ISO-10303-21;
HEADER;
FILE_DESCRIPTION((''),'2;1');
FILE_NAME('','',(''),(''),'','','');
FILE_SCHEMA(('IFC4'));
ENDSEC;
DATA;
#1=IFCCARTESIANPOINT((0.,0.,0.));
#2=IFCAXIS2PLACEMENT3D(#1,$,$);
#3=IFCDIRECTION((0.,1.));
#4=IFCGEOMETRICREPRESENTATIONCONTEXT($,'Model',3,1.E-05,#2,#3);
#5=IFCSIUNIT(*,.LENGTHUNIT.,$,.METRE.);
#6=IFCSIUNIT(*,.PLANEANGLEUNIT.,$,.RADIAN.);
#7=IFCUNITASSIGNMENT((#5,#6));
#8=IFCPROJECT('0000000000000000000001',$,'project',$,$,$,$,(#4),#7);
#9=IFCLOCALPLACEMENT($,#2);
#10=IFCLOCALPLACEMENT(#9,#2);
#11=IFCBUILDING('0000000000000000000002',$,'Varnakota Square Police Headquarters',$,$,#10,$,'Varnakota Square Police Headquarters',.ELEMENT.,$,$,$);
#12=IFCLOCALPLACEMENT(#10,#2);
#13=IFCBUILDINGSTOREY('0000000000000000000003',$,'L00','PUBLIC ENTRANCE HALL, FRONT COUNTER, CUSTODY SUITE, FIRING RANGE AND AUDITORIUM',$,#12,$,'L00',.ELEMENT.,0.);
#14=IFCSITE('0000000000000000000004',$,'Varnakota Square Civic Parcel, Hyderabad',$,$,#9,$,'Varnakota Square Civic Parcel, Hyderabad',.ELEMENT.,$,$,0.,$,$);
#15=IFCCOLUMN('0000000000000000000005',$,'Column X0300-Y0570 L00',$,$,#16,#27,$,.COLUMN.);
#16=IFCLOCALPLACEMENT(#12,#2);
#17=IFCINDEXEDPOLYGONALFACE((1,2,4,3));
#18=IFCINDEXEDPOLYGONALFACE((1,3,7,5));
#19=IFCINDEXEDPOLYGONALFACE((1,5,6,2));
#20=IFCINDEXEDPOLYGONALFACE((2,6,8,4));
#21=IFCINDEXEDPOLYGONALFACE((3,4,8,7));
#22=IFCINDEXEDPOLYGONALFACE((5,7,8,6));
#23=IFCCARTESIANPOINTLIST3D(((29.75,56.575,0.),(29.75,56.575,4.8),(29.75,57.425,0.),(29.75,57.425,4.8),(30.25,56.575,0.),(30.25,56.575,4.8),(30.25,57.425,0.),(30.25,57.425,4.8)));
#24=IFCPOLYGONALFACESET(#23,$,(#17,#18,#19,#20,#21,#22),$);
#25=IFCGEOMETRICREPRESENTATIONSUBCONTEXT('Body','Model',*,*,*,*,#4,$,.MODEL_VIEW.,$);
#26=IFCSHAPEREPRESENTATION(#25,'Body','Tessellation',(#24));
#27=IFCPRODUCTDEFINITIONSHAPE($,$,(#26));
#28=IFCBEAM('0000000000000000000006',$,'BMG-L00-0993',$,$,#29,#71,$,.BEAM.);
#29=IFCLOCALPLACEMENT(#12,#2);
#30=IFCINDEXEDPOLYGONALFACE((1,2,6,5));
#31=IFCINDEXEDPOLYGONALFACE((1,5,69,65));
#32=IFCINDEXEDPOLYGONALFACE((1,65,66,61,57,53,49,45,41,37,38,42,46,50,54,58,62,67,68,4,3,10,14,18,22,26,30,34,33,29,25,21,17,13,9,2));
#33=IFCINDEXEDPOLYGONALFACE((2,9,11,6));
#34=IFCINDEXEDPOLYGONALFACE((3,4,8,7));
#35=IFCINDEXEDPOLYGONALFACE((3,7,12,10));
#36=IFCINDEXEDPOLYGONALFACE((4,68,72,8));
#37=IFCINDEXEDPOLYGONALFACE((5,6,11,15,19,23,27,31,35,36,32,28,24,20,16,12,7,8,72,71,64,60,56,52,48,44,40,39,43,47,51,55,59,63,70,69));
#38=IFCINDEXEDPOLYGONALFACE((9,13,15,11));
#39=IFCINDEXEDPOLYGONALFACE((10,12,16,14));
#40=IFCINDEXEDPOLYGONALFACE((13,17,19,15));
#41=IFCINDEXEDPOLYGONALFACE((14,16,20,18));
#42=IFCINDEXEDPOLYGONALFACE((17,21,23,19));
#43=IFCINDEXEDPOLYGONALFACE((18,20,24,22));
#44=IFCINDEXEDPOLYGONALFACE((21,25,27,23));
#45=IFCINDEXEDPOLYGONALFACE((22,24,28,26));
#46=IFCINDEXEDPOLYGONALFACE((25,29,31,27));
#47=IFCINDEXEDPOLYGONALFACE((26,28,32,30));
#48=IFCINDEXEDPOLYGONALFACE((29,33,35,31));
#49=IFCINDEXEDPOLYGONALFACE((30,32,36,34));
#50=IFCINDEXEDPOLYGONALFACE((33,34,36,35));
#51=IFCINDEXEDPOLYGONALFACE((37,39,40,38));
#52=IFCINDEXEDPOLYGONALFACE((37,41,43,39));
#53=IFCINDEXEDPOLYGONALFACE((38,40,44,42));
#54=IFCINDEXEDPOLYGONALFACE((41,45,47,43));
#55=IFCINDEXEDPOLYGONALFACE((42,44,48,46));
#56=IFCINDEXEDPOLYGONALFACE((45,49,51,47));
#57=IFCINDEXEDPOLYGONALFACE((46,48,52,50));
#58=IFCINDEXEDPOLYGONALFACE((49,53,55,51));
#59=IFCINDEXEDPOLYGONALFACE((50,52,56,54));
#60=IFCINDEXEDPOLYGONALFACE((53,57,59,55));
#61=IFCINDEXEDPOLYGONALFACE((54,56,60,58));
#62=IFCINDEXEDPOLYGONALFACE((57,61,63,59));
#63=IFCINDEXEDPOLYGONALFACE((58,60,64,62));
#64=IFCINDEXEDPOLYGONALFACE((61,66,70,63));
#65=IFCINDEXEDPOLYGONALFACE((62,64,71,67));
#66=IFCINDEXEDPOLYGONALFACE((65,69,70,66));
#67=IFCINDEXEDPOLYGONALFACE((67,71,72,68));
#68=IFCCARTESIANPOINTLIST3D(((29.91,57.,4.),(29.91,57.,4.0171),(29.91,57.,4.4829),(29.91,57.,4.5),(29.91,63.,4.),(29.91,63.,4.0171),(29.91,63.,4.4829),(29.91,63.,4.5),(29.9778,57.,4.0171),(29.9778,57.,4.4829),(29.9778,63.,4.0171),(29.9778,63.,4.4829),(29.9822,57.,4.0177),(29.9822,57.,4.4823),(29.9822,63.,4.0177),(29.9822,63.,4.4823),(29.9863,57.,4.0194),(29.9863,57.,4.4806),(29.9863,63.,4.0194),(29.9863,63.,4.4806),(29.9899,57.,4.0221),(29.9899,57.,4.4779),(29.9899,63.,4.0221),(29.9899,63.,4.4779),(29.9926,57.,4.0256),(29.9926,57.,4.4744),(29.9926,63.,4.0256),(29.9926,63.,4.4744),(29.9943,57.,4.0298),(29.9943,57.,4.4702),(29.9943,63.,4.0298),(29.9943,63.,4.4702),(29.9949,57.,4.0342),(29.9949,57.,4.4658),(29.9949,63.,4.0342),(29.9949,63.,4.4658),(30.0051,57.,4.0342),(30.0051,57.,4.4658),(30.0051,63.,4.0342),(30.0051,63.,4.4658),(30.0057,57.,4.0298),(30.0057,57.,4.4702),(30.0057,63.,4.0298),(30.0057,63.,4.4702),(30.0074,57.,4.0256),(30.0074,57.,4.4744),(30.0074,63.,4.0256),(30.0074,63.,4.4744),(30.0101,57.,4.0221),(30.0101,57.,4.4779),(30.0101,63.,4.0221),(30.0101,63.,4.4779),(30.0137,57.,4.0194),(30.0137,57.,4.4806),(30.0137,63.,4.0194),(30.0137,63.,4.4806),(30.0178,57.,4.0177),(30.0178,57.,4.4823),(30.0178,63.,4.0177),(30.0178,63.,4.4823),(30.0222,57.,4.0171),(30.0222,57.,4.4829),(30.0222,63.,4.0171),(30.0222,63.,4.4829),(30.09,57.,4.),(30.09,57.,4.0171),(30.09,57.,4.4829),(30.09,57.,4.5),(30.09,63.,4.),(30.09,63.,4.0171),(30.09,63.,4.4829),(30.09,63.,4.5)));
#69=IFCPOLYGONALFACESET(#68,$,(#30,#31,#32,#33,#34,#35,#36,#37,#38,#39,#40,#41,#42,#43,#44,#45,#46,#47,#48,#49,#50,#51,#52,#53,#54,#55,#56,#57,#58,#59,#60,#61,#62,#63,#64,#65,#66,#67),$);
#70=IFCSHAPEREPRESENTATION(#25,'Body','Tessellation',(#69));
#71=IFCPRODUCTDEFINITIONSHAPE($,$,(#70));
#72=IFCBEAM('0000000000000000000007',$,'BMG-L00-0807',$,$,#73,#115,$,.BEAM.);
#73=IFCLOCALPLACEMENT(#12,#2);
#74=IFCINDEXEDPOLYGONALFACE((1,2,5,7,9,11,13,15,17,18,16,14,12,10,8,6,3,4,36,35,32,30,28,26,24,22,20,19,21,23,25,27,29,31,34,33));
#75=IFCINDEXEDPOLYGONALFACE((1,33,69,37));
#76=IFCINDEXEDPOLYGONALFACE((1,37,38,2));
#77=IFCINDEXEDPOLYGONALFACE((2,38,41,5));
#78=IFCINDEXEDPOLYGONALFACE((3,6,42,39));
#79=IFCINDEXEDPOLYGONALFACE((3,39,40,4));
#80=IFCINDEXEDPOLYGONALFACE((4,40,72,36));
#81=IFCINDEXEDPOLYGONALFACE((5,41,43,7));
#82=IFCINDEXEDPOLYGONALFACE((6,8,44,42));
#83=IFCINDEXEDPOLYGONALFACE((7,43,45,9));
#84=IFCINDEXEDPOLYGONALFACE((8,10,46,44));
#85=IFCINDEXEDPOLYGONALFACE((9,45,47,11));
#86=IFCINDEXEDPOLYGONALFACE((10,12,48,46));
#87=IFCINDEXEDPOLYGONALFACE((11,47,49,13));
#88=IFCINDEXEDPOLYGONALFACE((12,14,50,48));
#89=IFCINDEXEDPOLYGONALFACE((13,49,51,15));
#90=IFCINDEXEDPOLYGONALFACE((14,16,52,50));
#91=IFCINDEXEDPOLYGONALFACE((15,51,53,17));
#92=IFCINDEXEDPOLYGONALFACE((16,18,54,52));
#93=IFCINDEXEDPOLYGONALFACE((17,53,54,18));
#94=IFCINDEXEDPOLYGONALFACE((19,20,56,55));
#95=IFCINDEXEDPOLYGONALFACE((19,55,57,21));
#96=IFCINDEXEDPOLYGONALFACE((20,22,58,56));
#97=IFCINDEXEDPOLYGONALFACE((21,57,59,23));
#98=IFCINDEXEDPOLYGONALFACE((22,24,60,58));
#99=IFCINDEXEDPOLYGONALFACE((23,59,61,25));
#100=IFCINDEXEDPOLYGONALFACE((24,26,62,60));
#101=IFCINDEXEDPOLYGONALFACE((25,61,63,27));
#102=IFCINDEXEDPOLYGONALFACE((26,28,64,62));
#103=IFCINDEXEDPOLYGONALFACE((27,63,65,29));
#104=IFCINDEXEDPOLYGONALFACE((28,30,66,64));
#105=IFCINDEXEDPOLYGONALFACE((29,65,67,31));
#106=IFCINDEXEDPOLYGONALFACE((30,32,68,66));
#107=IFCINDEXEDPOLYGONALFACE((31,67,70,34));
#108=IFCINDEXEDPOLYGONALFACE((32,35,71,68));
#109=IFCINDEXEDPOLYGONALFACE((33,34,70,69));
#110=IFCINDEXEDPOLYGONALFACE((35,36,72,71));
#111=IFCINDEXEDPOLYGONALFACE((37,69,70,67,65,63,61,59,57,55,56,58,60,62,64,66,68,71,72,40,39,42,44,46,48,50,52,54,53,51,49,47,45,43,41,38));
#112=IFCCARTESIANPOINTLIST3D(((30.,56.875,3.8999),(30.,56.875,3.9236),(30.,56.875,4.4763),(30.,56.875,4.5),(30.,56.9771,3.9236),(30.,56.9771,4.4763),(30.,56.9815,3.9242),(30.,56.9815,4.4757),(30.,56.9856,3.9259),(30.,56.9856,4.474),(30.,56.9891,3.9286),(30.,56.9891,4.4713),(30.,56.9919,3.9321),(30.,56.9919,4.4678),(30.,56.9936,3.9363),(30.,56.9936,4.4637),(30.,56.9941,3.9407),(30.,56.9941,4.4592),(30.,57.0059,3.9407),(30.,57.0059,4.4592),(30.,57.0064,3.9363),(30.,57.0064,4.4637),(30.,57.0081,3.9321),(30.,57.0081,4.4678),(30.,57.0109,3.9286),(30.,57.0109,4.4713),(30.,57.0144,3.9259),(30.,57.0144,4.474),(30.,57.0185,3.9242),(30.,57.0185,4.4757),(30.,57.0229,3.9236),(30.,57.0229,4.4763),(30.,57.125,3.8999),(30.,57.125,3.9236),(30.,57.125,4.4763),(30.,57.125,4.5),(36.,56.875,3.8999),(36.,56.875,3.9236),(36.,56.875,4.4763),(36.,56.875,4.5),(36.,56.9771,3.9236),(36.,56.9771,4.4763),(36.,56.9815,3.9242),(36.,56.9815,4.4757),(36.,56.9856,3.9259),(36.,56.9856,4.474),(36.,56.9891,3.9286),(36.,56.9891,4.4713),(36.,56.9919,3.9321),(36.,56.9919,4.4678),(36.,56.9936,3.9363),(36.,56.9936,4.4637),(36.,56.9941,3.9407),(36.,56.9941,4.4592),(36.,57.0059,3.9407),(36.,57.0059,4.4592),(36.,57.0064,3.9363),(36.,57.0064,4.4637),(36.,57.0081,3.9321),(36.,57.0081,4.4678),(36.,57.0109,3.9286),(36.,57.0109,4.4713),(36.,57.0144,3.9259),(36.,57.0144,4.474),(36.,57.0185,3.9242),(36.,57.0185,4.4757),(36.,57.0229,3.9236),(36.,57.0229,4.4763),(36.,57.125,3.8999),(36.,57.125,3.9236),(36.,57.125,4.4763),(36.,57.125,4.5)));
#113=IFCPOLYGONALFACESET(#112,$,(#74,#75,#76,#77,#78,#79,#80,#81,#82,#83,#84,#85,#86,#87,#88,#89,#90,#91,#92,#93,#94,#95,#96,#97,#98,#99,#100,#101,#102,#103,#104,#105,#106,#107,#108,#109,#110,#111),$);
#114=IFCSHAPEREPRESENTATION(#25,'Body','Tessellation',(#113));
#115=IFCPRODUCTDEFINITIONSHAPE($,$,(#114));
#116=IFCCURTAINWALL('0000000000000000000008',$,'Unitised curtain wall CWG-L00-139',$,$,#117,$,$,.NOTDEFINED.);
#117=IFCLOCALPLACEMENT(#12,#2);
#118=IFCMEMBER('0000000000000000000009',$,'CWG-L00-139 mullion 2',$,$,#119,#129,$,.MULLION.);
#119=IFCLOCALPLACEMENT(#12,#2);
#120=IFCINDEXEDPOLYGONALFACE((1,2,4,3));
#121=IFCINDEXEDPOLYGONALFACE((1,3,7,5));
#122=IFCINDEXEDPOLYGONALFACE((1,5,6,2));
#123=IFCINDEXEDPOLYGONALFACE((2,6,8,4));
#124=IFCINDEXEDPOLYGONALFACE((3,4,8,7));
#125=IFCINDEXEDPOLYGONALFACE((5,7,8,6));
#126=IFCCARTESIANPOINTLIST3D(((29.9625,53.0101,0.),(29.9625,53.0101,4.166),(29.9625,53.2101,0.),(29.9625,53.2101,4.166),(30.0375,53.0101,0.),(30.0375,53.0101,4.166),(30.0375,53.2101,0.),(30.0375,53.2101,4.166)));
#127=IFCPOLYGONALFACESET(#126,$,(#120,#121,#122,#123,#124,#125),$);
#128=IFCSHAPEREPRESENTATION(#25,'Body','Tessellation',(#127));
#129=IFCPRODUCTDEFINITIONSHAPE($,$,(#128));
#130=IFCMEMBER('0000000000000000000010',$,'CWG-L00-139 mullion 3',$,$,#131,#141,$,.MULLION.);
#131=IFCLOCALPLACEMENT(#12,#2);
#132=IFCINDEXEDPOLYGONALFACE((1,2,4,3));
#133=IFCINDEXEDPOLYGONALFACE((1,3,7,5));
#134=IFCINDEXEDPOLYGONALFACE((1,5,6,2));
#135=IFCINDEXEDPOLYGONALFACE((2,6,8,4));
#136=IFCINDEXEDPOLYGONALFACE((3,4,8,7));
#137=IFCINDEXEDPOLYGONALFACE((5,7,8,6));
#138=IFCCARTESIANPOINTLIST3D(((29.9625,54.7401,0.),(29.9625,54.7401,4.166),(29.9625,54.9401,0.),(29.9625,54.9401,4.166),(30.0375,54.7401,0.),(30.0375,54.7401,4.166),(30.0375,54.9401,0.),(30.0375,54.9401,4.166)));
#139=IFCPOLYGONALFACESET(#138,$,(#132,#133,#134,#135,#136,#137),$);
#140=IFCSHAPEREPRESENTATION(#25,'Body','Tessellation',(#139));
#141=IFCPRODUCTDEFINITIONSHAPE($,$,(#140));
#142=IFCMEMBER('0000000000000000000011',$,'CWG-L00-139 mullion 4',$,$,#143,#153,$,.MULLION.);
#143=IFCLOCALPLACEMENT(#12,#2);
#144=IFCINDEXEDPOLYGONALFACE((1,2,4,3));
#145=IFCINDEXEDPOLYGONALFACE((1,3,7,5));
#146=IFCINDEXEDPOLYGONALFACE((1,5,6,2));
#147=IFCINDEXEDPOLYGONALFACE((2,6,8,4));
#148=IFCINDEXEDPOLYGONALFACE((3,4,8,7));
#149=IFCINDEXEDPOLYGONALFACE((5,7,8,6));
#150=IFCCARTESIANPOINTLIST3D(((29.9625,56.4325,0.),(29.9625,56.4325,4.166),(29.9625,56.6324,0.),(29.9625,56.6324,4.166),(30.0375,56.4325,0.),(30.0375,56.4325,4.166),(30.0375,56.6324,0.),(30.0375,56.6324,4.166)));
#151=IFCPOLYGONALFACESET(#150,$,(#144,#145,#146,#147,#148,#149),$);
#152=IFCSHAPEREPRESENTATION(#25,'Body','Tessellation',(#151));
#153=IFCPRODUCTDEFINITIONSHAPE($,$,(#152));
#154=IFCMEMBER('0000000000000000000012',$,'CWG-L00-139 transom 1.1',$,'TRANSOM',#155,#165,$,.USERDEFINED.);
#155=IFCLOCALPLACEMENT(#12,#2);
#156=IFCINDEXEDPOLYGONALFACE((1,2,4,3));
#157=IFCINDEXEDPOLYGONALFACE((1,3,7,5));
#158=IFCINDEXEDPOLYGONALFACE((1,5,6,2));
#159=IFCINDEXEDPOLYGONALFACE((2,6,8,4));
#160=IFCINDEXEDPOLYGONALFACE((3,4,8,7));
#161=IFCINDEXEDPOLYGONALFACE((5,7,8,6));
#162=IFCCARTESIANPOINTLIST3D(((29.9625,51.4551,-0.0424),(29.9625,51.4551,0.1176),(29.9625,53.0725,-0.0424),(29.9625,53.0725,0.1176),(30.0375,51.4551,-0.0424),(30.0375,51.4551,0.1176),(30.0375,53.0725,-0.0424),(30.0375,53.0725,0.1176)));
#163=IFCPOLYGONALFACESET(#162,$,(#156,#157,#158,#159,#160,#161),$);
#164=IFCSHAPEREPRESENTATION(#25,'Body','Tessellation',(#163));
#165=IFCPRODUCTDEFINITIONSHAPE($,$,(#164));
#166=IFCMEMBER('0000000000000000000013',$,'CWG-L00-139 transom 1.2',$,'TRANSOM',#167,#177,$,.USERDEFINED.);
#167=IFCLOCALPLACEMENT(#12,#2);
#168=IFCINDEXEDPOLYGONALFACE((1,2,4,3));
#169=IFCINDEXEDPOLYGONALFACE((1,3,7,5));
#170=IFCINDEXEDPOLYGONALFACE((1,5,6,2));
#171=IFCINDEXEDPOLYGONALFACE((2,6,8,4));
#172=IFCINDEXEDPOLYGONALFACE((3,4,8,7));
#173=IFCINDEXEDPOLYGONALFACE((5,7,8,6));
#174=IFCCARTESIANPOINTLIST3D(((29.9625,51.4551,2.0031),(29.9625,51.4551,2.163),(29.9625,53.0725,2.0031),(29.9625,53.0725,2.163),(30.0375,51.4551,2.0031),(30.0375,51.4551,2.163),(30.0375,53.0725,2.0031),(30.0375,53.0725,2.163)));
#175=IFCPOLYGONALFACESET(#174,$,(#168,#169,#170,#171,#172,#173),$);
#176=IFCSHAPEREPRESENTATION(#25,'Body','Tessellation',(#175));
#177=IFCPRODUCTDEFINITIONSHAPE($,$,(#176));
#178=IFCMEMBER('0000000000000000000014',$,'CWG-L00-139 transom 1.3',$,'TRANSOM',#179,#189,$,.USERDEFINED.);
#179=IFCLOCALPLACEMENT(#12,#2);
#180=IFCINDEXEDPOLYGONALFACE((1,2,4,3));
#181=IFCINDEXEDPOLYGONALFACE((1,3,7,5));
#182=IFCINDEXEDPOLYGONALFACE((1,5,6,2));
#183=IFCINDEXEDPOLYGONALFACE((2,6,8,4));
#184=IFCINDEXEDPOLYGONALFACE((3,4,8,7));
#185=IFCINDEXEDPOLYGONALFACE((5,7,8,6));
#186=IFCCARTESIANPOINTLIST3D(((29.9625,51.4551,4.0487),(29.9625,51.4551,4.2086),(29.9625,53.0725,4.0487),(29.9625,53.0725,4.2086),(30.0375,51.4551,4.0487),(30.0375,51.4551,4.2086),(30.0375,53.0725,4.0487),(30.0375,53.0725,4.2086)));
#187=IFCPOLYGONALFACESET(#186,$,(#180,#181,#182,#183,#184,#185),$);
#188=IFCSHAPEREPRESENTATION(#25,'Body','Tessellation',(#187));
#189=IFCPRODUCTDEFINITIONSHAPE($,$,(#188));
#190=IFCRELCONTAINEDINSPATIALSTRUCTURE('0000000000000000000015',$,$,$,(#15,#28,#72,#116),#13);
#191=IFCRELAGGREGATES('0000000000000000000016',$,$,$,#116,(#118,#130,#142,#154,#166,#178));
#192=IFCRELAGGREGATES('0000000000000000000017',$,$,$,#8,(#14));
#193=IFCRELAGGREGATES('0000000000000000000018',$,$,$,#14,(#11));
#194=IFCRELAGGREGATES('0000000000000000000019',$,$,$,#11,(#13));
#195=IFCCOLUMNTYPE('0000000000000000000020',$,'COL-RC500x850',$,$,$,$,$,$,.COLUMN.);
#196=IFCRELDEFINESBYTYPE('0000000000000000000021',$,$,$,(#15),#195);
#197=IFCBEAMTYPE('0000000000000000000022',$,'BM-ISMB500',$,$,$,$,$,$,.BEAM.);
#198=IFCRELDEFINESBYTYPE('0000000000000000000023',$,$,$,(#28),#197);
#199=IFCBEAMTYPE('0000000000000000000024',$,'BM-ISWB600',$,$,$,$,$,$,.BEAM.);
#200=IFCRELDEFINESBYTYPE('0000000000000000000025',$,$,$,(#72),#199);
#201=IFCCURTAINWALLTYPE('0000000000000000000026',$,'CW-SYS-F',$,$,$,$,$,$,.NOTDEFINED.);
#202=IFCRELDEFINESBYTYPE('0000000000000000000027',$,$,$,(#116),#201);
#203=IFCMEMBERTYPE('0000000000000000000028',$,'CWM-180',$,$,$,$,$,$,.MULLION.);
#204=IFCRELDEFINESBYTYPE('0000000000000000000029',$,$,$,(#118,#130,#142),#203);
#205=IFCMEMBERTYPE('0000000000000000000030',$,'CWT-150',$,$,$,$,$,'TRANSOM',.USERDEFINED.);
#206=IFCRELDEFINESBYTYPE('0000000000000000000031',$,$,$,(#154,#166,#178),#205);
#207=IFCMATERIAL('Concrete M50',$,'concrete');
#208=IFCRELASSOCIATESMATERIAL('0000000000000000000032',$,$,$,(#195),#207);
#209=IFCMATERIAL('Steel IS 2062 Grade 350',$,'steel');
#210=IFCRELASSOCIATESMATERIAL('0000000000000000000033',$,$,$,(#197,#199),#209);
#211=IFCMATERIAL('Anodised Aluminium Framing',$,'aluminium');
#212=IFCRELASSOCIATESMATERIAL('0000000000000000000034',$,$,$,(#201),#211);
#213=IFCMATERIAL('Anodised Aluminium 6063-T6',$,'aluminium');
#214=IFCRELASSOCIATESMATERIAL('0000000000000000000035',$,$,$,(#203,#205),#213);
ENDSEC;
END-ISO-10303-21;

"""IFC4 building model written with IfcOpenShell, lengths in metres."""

from ifc_helpers import new_model, si_unit, direction, frame, origin, origin_2d, place, context, subcontext, project, spatial, rectangle, i_section, extrude, material, material_profile, profile_set, type_object, element, aggregate, save


model = new_model("IFC4")

# Units and contexts
model_context = context("Model", 3, precision=1e-05, world=origin(), true_north=direction((0.0, 1.0)))
body_context = subcontext(model_context, "Body", "Model", "MODEL_VIEW")
ifc_project = project(units=[si_unit("LENGTHUNIT", "METRE"), si_unit("PLANEANGLEUNIT", "RADIAN")], contexts=[model_context])

# Site, building, storey
site_placement = place(None, origin())
site = spatial("IfcSite", under=ifc_project, at=site_placement, Name="Varnakota Square Civic Parcel, Hyderabad", LongName="Varnakota Square Civic Parcel, Hyderabad", CompositionType="ELEMENT", RefElevation=0.0)
building_placement = place(site_placement, origin())
building = spatial("IfcBuilding", under=site, at=building_placement, Name="Varnakota Square Police Headquarters", LongName="Varnakota Square Police Headquarters", CompositionType="ELEMENT")
storey_placement = place(building_placement, origin())
storey = spatial("IfcBuildingStorey", under=building, at=storey_placement, Name="L00", Description="PUBLIC ENTRANCE HALL, FRONT COUNTER, CUSTODY SUITE, FIRING RANGE AND AUDITORIUM", LongName="L00", CompositionType="ELEMENT", Elevation=0.0)

# Column
ifc_material_1 = material(Name="Concrete M50", Category="concrete")
ifc_material_profile_1 = material_profile(ifc_material_1, rectangle(XDim=0.5, YDim=0.8501, at=origin_2d()), Name="RC 500x850")
ifc_profile_set_1 = profile_set([ifc_material_profile_1], Name="Concrete M50")
column_type = type_object("IfcColumnType", Name="COL-RC500x850", PredefinedType="COLUMN", material=ifc_profile_set_1)
column_placement = place(storey_placement, frame((30.0, 57.0, 0.0), z_axis=(0.0, 0.0, 1.0), x_axis=(1.0, 0.0, 0.0)))
element("IfcColumn", 1, at=column_placement, inside=storey, type_object=column_type, Name="Column X0300-Y0570 L00", PredefinedType="COLUMN", context=body_context, shape_type="SweptSolid", body=[
    extrude(rectangle(XDim=0.5, YDim=0.8501, at=origin_2d()), origin(), (0.0, 0.0, 1.0), 4.8),
])

# Beams
ifc_material_2 = material(Name="Steel IS 2062 Grade 350", Category="steel")
ifc_material_profile_2 = material_profile(ifc_material_2, i_section(OverallWidth=0.1799, OverallDepth=0.5, WebThickness=0.0103, FlangeThickness=0.0171, FilletRadius=0.0171, at=origin_2d()), Name="ISMB 500")
ifc_profile_set_2 = profile_set([ifc_material_profile_2], Name="Steel IS 2062 Grade 350")
beam_type_1 = type_object("IfcBeamType", Name="BM-ISMB500", PredefinedType="BEAM", material=ifc_profile_set_2)
beam_1_placement = place(storey_placement, frame((30.0, 57.0, 4.25), z_axis=(0.0, 1.0, 0.0), x_axis=(-1.0, 0.0, 0.0)))
element("IfcBeam", 2, at=beam_1_placement, inside=storey, type_object=beam_type_1, Name="BMG-L00-0993", PredefinedType="BEAM", context=body_context, shape_type="SweptSolid", body=[
    extrude(i_section(OverallWidth=0.1799, OverallDepth=0.5, WebThickness=0.0103, FlangeThickness=0.0171, FilletRadius=0.0171, at=origin_2d()), origin(), (0.0, 0.0, 1.0), 6.0),
])
ifc_material_profile_3 = material_profile(ifc_material_2, i_section(OverallWidth=0.25, OverallDepth=0.6001, WebThickness=0.0117, FlangeThickness=0.0237, FilletRadius=0.0171, at=origin_2d()), Name="ISWB 600")
ifc_profile_set_3 = profile_set([ifc_material_profile_3], Name="Steel IS 2062 Grade 350")
beam_type_2 = type_object("IfcBeamType", Name="BM-ISWB600", PredefinedType="BEAM", material=ifc_profile_set_3)
beam_2_placement = place(storey_placement, frame((30.0, 57.0, 4.2), z_axis=(1.0, 0.0, 0.0), x_axis=(0.0, 1.0, 0.0)))
element("IfcBeam", 3, at=beam_2_placement, inside=storey, type_object=beam_type_2, Name="BMG-L00-0807", PredefinedType="BEAM", context=body_context, shape_type="SweptSolid", body=[
    extrude(i_section(OverallWidth=0.25, OverallDepth=0.6001, WebThickness=0.0117, FlangeThickness=0.0237, FilletRadius=0.0171, at=origin_2d()), origin(), (0.0, 0.0, 1.0), 6.0),
])

# Curtain wall, members
ifc_material_3 = material(Name="Anodised Aluminium Framing", Category="aluminium")
curtain_wall_type = type_object("IfcCurtainWallType", Name="CW-SYS-F", PredefinedType="NOTDEFINED", material=ifc_material_3)
curtain_wall_placement = place(storey_placement, origin())
curtain_wall = element("IfcCurtainWall", 4, at=curtain_wall_placement, inside=storey, type_object=curtain_wall_type, Name="Unitised curtain wall CWG-L00-139", PredefinedType="NOTDEFINED")
ifc_material_4 = material(Name="Anodised Aluminium 6063-T6", Category="aluminium")
ifc_material_profile_4 = material_profile(ifc_material_4, rectangle(XDim=0.075, YDim=0.2, at=origin_2d()), Name="ALU MULLION 75x200")
ifc_profile_set_4 = profile_set([ifc_material_profile_4], Name="Anodised Aluminium 6063-T6")
member_type_1 = type_object("IfcMemberType", Name="CWM-180", PredefinedType="MULLION", material=ifc_profile_set_4)
member_1_placement = place(storey_placement, frame((30.0, 53.1101, 0.0), z_axis=(0.0, 0.0, 1.0), x_axis=(-1.0, 0.0, 0.0)))
member_1 = element("IfcMember", 5, at=member_1_placement, type_object=member_type_1, Name="CWG-L00-139 mullion 2", PredefinedType="MULLION", context=body_context, shape_type="SweptSolid", body=[
    extrude(rectangle(XDim=0.075, YDim=0.2, at=origin_2d()), origin(), (0.0, 0.0, 1.0), 4.166),
])
member_2_placement = place(storey_placement, frame((30.0, 54.8401, 0.0), z_axis=(0.0, 0.0, 1.0), x_axis=(-1.0, 0.0, 0.0)))
member_2 = element("IfcMember", 6, at=member_2_placement, type_object=member_type_1, Name="CWG-L00-139 mullion 3", PredefinedType="MULLION", context=body_context, shape_type="SweptSolid", body=[
    extrude(rectangle(XDim=0.075, YDim=0.2, at=origin_2d()), origin(), (0.0, 0.0, 1.0), 4.166),
])
member_3_placement = place(storey_placement, frame((30.0, 56.5325, 0.0), z_axis=(0.0, 0.0, 1.0), x_axis=(-1.0, 0.0, 0.0)))
member_3 = element("IfcMember", 7, at=member_3_placement, type_object=member_type_1, Name="CWG-L00-139 mullion 4", PredefinedType="MULLION", context=body_context, shape_type="SweptSolid", body=[
    extrude(rectangle(XDim=0.075, YDim=0.2, at=origin_2d()), origin(), (0.0, 0.0, 1.0), 4.166),
])
ifc_material_profile_5 = material_profile(ifc_material_4, rectangle(XDim=0.075, YDim=0.1599, at=origin_2d()), Name="ALU TRANSOM 75x160")
ifc_profile_set_5 = profile_set([ifc_material_profile_5], Name="Anodised Aluminium 6063-T6")
member_type_2 = type_object("IfcMemberType", Name="CWT-150", ElementType="TRANSOM", PredefinedType="USERDEFINED", material=ifc_profile_set_5)
member_4_placement = place(storey_placement, frame((30.0, 51.4551, 0.0376), z_axis=(0.0, 1.0, 0.0), x_axis=(-1.0, 0.0, 0.0)))
member_4 = element("IfcMember", 8, at=member_4_placement, type_object=member_type_2, Name="CWG-L00-139 transom 1.1", ObjectType="TRANSOM", PredefinedType="USERDEFINED", context=body_context, shape_type="SweptSolid", body=[
    extrude(rectangle(XDim=0.075, YDim=0.1599, at=origin_2d()), origin(), (0.0, 0.0, 1.0), 1.6174),
])
member_5_placement = place(storey_placement, frame((30.0, 51.4551, 2.083), z_axis=(0.0, 1.0, 0.0), x_axis=(-1.0, 0.0, 0.0)))
member_5 = element("IfcMember", 9, at=member_5_placement, type_object=member_type_2, Name="CWG-L00-139 transom 1.2", ObjectType="TRANSOM", PredefinedType="USERDEFINED", context=body_context, shape_type="SweptSolid", body=[
    extrude(rectangle(XDim=0.075, YDim=0.1599, at=origin_2d()), origin(), (0.0, 0.0, 1.0), 1.6174),
])
member_6_placement = place(storey_placement, frame((30.0, 51.4551, 4.1287), z_axis=(0.0, 1.0, 0.0), x_axis=(-1.0, 0.0, 0.0)))
member_6 = element("IfcMember", 10, at=member_6_placement, type_object=member_type_2, Name="CWG-L00-139 transom 1.3", ObjectType="TRANSOM", PredefinedType="USERDEFINED", context=body_context, shape_type="SweptSolid", body=[
    extrude(rectangle(XDim=0.075, YDim=0.1599, at=origin_2d()), origin(), (0.0, 0.0, 1.0), 1.6174),
])
aggregate(curtain_wall, [member_1, member_2, member_3, member_4, member_5, member_6])

save(model, "model.ifc")
